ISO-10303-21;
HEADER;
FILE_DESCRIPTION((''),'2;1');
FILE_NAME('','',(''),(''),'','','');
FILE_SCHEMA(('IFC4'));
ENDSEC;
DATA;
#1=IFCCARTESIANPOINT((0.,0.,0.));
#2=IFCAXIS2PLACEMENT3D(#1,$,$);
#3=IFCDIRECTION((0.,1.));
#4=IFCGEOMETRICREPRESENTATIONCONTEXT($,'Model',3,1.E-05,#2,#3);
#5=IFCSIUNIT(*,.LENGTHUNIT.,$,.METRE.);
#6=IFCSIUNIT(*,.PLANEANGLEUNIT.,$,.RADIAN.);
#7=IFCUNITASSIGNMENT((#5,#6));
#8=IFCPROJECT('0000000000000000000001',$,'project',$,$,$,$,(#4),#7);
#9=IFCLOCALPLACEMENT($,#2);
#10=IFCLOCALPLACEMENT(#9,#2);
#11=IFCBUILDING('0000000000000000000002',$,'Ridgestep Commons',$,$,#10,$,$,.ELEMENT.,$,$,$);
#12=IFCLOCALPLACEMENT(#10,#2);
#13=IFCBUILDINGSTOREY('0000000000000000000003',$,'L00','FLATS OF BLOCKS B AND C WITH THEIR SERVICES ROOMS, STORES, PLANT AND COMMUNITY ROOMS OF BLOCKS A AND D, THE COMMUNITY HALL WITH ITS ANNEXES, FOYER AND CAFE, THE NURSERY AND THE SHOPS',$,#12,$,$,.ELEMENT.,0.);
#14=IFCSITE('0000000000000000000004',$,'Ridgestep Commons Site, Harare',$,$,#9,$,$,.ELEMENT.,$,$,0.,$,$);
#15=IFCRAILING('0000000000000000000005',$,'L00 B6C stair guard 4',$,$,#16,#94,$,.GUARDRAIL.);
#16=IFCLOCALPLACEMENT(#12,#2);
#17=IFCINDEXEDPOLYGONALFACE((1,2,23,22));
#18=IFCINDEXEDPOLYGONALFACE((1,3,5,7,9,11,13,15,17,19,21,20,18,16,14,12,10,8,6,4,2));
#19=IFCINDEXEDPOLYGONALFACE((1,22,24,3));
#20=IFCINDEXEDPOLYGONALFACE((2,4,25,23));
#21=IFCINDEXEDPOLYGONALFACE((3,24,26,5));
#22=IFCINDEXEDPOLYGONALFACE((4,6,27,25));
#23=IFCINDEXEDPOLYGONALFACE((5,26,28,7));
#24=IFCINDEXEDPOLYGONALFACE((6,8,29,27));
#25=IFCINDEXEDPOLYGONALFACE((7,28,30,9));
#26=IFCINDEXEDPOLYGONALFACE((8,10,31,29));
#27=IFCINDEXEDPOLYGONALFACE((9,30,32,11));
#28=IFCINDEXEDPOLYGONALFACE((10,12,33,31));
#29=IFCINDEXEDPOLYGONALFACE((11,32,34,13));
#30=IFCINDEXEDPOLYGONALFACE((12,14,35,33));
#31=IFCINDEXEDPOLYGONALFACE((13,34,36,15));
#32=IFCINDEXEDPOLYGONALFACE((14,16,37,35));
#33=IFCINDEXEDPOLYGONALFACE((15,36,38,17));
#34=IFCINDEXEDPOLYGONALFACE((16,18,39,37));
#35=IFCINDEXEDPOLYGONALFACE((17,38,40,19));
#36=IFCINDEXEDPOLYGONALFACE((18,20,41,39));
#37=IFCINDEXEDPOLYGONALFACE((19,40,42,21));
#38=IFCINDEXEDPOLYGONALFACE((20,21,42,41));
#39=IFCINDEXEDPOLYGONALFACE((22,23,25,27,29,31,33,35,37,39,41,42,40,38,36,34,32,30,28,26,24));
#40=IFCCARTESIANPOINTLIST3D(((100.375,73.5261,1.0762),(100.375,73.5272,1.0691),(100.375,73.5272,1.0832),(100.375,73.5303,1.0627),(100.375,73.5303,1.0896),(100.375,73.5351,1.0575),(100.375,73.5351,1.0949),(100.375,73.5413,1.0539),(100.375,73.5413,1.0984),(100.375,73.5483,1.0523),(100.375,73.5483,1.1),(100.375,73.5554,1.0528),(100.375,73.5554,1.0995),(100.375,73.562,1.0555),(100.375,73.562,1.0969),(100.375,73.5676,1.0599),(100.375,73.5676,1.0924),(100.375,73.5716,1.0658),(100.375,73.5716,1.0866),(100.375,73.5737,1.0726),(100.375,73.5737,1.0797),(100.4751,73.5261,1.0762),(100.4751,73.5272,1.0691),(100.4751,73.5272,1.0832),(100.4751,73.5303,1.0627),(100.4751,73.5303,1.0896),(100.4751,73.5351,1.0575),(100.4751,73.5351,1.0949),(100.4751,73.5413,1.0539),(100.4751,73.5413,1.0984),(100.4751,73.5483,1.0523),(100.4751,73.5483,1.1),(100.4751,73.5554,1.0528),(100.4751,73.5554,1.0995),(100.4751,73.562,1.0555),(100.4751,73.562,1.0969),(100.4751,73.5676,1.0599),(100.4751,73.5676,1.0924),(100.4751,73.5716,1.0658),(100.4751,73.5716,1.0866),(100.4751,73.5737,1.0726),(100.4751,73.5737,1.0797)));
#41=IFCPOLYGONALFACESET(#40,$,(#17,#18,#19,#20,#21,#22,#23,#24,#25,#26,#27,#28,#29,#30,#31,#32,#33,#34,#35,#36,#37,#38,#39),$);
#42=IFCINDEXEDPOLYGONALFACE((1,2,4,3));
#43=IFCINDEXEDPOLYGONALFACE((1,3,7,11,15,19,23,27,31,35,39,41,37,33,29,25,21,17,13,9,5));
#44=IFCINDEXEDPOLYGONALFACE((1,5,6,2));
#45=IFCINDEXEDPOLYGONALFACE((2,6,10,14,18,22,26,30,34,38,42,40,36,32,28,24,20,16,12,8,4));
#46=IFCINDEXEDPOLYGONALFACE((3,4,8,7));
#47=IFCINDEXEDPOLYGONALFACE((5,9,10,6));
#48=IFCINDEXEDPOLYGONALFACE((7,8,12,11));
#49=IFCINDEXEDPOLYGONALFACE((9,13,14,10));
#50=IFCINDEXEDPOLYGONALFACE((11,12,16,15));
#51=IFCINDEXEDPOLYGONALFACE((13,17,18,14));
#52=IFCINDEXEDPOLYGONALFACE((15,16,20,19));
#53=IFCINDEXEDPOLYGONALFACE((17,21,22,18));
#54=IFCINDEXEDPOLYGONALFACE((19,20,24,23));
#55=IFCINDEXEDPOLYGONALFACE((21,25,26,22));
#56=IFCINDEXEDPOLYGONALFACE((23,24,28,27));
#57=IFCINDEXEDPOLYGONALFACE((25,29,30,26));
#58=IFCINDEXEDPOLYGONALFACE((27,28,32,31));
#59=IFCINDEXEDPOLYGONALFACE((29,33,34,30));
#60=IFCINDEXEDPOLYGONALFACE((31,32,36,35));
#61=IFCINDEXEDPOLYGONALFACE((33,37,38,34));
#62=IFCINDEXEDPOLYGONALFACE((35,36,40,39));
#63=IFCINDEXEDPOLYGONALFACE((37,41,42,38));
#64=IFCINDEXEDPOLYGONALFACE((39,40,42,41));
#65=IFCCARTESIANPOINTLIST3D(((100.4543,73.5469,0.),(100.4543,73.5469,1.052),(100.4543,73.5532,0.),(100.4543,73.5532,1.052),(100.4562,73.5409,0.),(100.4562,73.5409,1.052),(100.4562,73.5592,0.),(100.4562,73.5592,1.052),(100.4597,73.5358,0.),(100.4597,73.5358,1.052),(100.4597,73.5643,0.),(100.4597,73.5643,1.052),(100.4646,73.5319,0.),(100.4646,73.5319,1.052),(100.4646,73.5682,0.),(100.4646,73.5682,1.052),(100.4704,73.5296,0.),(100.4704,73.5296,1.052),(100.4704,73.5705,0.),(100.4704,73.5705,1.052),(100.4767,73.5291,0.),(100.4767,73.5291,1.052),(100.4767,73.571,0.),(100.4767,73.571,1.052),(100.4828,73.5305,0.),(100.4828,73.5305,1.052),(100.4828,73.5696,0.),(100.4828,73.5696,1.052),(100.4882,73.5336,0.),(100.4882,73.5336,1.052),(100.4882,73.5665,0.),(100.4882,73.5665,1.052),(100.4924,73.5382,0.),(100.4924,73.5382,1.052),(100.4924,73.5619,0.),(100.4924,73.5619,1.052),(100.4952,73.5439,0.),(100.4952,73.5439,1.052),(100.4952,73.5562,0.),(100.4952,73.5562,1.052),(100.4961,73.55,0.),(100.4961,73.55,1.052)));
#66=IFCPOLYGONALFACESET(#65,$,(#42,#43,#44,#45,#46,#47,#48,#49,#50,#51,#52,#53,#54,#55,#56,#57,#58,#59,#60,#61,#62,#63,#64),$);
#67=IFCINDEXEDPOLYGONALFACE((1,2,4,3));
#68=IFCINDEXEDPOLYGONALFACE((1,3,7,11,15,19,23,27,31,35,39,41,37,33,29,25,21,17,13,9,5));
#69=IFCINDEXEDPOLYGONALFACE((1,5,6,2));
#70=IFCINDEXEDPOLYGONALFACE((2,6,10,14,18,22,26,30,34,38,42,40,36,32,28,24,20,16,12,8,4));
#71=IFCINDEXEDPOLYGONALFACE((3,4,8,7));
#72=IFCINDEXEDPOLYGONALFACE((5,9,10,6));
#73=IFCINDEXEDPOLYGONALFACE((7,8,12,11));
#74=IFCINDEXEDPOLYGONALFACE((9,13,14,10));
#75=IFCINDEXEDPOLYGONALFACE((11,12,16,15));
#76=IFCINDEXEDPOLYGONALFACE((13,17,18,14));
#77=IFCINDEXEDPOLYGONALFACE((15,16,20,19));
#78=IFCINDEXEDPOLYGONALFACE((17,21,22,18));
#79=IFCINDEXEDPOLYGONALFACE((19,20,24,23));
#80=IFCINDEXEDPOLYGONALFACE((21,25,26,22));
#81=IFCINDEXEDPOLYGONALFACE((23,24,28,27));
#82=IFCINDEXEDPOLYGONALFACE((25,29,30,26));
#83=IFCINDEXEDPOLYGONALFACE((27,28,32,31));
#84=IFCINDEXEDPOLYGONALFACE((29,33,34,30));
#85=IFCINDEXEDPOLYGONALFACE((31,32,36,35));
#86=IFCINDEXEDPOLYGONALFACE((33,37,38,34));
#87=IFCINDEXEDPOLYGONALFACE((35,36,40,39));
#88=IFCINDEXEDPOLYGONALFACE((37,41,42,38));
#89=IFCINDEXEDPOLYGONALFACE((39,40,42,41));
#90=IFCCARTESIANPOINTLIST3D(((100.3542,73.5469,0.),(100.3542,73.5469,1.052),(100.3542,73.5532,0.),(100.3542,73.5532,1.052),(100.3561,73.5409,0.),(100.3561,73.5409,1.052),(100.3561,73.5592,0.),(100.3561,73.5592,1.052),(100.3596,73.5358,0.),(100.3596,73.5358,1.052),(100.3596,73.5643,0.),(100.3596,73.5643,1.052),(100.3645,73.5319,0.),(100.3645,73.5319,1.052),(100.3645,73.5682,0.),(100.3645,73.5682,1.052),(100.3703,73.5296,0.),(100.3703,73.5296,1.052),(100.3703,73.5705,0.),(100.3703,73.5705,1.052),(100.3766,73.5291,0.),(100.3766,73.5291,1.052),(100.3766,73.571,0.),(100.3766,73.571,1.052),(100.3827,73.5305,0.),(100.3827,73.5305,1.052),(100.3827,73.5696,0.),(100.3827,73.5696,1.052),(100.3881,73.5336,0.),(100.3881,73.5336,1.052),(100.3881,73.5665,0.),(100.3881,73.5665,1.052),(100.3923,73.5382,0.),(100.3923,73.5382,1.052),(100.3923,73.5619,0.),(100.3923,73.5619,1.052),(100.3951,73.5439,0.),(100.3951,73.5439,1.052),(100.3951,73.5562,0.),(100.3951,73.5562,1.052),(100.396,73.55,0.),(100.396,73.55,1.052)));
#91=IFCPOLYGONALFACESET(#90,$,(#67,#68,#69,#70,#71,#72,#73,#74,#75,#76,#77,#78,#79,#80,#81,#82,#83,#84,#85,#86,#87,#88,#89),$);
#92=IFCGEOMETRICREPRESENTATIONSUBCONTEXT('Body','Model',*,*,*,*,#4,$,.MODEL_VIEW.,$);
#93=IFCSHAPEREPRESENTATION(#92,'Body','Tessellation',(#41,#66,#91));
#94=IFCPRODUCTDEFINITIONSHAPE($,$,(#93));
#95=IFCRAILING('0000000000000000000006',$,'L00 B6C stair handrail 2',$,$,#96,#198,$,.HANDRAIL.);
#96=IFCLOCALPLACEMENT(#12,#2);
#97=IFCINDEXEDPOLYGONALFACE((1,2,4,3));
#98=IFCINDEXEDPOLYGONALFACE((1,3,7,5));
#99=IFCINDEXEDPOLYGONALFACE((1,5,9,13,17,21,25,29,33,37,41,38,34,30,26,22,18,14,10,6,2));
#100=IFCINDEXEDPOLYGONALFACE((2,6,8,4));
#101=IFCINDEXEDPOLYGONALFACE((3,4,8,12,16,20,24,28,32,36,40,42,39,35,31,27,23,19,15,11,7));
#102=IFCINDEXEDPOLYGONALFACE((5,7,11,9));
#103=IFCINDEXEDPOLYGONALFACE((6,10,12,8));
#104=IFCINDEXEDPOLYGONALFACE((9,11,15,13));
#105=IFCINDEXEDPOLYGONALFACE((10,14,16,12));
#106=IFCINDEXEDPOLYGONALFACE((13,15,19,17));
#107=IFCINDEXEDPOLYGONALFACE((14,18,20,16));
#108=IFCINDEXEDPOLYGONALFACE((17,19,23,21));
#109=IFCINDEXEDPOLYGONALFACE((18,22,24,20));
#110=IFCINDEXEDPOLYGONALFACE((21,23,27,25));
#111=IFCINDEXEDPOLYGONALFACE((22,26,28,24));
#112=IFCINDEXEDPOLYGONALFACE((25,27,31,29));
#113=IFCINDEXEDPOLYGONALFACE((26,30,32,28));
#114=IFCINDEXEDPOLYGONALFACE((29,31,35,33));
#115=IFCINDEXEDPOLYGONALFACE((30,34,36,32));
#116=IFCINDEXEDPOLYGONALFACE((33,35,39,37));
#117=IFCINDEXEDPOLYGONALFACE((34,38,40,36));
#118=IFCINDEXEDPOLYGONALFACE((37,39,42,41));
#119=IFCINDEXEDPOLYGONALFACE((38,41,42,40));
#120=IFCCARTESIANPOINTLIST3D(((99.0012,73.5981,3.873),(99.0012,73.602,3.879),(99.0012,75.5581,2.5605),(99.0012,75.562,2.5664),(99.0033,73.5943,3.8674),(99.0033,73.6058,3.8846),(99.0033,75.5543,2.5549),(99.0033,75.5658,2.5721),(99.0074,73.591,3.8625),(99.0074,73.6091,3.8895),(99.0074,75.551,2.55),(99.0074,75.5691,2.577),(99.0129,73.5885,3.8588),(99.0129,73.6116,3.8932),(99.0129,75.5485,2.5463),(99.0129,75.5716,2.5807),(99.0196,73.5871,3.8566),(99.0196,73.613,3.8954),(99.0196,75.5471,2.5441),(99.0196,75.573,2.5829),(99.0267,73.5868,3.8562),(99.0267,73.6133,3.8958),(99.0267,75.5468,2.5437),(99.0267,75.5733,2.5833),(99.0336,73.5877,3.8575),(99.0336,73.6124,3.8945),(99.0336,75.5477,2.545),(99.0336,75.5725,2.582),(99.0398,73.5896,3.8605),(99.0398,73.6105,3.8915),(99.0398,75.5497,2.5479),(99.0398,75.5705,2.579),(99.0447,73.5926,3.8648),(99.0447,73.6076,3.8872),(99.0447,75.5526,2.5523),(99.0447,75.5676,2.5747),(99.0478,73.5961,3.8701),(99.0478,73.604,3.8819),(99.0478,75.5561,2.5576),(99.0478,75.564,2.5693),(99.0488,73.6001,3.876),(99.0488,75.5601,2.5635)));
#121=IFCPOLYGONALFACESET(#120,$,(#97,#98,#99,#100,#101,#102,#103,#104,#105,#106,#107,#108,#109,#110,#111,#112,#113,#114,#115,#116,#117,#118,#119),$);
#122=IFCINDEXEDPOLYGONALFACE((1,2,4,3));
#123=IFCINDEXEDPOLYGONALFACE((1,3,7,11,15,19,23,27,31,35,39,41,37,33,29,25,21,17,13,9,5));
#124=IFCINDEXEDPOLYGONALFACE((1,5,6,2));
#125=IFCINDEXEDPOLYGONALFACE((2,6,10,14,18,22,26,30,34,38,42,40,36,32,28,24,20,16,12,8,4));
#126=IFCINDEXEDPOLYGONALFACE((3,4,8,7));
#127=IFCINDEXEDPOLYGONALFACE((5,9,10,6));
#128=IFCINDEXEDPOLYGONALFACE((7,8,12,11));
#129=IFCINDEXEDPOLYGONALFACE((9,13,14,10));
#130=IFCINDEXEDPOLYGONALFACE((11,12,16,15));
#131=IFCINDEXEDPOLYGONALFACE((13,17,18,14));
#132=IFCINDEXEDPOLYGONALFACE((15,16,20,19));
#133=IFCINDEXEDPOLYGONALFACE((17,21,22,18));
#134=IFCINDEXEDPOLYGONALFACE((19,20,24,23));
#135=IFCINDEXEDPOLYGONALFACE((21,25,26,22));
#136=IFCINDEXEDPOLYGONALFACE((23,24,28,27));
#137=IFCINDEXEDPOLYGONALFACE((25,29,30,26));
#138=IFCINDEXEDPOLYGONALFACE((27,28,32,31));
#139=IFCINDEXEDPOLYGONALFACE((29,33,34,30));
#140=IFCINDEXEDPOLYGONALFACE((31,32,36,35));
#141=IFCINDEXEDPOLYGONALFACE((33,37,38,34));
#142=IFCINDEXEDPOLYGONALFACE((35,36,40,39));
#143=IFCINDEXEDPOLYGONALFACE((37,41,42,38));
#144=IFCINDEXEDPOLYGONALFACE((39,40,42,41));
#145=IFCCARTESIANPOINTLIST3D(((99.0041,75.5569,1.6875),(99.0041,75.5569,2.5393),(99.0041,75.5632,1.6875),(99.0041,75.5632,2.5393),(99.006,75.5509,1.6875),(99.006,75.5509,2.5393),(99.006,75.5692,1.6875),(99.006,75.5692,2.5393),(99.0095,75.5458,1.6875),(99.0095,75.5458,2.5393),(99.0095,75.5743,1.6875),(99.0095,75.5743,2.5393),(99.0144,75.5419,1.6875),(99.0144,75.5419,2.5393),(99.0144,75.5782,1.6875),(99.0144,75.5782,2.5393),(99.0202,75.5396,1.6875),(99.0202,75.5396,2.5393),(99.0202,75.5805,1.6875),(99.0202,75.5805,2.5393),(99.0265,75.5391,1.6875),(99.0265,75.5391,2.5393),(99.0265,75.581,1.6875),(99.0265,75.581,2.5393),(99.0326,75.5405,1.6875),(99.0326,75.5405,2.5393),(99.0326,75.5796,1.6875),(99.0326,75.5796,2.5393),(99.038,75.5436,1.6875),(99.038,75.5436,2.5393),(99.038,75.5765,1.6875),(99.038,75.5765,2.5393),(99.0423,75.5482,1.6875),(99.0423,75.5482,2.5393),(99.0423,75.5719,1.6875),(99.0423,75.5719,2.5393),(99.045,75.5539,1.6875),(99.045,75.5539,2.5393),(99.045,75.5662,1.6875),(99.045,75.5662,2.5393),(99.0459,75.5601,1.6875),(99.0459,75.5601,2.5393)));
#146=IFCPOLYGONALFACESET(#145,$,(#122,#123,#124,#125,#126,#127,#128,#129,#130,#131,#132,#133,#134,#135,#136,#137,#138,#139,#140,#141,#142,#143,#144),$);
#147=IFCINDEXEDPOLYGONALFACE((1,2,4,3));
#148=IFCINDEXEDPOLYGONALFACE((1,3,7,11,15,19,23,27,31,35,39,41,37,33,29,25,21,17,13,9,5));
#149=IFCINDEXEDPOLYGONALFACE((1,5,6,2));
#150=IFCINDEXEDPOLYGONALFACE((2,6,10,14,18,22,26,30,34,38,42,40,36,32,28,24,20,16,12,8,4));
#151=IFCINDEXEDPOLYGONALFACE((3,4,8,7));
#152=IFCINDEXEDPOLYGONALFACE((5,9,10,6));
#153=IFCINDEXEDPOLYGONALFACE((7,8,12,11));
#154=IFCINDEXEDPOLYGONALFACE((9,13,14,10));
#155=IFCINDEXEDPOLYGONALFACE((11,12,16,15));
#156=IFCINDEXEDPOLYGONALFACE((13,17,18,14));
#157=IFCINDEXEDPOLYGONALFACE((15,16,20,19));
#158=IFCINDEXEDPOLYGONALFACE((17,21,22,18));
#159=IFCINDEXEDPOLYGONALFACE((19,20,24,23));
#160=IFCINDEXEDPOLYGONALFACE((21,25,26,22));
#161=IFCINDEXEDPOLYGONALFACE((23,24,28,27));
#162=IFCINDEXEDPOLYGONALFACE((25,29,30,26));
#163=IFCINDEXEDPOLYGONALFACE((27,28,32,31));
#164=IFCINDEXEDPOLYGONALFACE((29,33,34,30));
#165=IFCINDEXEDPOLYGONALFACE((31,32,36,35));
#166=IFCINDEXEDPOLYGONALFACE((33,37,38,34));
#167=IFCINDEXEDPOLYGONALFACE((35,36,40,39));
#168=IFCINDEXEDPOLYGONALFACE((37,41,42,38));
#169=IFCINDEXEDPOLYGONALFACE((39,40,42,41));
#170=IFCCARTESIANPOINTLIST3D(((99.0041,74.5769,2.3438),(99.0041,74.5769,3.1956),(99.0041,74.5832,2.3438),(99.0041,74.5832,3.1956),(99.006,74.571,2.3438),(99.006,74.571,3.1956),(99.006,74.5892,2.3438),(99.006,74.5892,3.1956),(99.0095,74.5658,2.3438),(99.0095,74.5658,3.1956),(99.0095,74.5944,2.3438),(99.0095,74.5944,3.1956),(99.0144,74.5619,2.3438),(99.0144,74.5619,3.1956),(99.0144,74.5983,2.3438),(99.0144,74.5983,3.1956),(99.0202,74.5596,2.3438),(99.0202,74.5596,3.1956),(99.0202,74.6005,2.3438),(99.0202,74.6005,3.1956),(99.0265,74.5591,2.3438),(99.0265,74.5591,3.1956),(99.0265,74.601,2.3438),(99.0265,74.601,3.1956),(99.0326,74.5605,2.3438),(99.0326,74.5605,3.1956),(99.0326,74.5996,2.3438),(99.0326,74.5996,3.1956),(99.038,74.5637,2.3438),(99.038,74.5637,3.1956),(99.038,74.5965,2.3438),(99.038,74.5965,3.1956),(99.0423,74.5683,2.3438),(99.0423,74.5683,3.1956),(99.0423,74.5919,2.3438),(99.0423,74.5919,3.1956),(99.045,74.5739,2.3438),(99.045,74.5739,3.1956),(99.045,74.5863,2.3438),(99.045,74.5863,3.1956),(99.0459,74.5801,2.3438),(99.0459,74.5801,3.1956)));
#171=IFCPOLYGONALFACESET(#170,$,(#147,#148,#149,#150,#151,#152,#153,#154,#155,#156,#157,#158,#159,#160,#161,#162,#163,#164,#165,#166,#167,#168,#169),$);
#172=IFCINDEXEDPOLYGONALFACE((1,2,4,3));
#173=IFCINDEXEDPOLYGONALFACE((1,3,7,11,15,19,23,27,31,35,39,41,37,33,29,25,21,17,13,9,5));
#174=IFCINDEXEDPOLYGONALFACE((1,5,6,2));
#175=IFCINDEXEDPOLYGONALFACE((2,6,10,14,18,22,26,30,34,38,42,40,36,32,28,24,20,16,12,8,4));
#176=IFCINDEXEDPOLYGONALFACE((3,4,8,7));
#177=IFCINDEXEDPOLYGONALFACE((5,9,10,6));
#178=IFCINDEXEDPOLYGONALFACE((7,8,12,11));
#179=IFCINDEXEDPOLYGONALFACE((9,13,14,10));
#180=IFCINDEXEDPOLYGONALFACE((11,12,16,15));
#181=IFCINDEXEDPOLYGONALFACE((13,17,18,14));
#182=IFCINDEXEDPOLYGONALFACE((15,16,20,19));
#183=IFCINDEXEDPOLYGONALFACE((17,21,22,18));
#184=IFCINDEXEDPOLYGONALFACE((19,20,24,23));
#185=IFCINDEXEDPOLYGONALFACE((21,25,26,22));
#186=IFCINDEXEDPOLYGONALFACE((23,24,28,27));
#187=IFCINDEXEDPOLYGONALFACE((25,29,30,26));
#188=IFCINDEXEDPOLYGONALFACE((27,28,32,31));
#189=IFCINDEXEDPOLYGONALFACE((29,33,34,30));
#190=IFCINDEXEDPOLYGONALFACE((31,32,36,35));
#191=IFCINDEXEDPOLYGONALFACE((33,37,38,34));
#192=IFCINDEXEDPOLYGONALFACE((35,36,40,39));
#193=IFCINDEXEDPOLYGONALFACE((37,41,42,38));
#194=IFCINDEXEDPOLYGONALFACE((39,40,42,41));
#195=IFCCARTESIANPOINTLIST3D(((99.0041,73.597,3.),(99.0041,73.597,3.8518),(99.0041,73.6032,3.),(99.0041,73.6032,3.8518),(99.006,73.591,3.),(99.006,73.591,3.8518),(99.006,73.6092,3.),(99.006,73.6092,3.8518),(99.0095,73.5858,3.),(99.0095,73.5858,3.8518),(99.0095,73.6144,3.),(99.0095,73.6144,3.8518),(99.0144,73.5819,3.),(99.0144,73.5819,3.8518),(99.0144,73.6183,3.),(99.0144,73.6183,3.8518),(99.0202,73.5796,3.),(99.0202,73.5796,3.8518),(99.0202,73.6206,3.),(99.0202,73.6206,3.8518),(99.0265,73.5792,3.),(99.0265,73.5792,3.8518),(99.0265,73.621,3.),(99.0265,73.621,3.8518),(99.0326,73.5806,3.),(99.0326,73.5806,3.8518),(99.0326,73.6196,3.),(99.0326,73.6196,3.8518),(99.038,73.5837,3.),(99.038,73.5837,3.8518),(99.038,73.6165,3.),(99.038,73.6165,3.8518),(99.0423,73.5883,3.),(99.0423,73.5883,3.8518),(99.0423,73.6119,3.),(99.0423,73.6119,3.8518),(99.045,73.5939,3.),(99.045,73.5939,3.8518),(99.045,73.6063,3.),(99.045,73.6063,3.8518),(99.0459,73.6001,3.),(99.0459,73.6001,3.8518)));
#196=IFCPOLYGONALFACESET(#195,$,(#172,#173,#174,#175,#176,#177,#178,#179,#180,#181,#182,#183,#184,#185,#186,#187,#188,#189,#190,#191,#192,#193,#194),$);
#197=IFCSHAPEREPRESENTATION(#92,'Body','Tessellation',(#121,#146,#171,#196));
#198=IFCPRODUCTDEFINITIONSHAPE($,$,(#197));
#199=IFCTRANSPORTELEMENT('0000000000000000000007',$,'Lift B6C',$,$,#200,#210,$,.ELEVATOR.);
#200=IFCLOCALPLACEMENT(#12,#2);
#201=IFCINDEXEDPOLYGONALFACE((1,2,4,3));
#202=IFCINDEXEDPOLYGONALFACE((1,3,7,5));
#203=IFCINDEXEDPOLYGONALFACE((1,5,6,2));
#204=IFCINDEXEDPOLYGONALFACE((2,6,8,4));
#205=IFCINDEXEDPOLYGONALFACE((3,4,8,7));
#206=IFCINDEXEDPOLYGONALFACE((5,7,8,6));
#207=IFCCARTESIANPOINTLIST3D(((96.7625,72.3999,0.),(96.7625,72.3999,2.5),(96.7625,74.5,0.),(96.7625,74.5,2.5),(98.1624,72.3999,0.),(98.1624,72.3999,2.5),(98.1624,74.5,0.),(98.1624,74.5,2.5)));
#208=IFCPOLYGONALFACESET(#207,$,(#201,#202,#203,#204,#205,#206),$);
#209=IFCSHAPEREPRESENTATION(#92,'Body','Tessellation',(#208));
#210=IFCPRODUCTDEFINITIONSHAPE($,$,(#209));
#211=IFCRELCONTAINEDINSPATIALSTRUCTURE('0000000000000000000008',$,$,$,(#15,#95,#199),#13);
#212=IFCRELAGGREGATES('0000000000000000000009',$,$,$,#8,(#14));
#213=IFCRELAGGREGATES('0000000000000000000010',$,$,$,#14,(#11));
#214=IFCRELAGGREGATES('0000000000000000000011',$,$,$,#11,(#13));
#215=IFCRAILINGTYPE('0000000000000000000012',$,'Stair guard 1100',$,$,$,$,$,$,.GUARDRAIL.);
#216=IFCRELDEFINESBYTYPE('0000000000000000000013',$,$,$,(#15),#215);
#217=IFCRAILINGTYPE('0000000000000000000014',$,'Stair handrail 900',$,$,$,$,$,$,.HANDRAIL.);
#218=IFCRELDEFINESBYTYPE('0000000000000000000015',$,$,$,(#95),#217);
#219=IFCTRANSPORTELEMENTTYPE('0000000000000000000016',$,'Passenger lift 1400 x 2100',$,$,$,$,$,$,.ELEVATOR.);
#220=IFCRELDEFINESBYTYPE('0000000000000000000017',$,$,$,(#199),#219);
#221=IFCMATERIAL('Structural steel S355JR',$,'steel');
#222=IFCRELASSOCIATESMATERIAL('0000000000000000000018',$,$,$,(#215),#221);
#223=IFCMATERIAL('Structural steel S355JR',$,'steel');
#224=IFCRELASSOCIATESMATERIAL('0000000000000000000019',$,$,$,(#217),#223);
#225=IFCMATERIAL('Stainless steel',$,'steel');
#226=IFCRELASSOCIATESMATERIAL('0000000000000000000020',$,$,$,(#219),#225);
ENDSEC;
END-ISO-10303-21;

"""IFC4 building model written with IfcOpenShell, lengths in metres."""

from ifc_helpers import new_model, si_unit, direction, frame, origin, origin_2d, place, context, subcontext, project, spatial, rectangle, circle, extrude, material, type_object, element, save


model = new_model("IFC4")

# Units and contexts
model_context = context("Model", 3, precision=1e-05, world=origin(), true_north=direction((0.0, 1.0)))
body_context = subcontext(model_context, "Body", "Model", "MODEL_VIEW")
ifc_project = project(units=[si_unit("LENGTHUNIT", "METRE"), si_unit("PLANEANGLEUNIT", "RADIAN")], contexts=[model_context])

# Site, building, storey
site_placement = place(None, origin())
site = spatial("IfcSite", under=ifc_project, at=site_placement, Name="Ridgestep Commons Site, Harare", CompositionType="ELEMENT", RefElevation=0.0)
building_placement = place(site_placement, origin())
building = spatial("IfcBuilding", under=site, at=building_placement, Name="Ridgestep Commons", CompositionType="ELEMENT")
storey_placement = place(building_placement, origin())
storey = spatial("IfcBuildingStorey", under=building, at=storey_placement, Name="L00", Description="FLATS OF BLOCKS B AND C WITH THEIR SERVICES ROOMS, STORES, PLANT AND COMMUNITY ROOMS OF BLOCKS A AND D, THE COMMUNITY HALL WITH ITS ANNEXES, FOYER AND CAFE, THE NURSERY AND THE SHOPS", CompositionType="ELEMENT", Elevation=0.0)

# Railings
ifc_material_1 = material(Name="Structural steel S355JR", Category="steel")
railing_type_1 = type_object("IfcRailingType", Name="Stair guard 1100", PredefinedType="GUARDRAIL", material=ifc_material_1)
railing_1_placement = place(storey_placement, frame((100.4751, 73.55, 0.0)))
element("IfcRailing", 1, at=railing_1_placement, inside=storey, type_object=railing_type_1, Name="L00 B6C stair guard 4", PredefinedType="GUARDRAIL", context=body_context, shape_type="SweptSolid", body=[
    extrude(circle(Radius=0.0239, at=origin_2d()), frame((0.0, 0.0, 1.0762), z_axis=(-1.0, 0.0, 0.0), x_axis=(0.0, -1.0, 0.0)), (0.0, 0.0, 1.0), 0.1001),
    extrude(circle(Radius=0.021, at=origin_2d()), origin(), (0.0, 0.0, 1.0), 1.052),
    extrude(circle(Radius=0.021, at=origin_2d()), frame((-0.1001, 0.0, 0.0)), (0.0, 0.0, 1.0), 1.052),
])
ifc_material_2 = material(Name="Structural steel S355JR", Category="steel")
railing_type_2 = type_object("IfcRailingType", Name="Stair handrail 900", PredefinedType="HANDRAIL", material=ifc_material_2)
railing_2_placement = place(storey_placement, frame((99.0249, 75.5601, 1.6875)))
element("IfcRailing", 2, at=railing_2_placement, inside=storey, type_object=railing_type_2, Name="L00 B6C stair handrail 2", PredefinedType="HANDRAIL", context=body_context, shape_type="SweptSolid", body=[
    extrude(circle(Radius=0.0239, at=origin_2d()), frame((0.0, 0.0, 0.876), z_axis=(0.0, -0.830902, 0.556419), x_axis=(1.0, 0.0, 0.0)), (0.0, 0.0, 1.0), 2.3589),
    extrude(circle(Radius=0.021, at=origin_2d()), origin(), (0.0, 0.0, 1.0), 0.8518),
    extrude(circle(Radius=0.021, at=origin_2d()), frame((0.0, -0.98, 0.6562)), (0.0, 0.0, 1.0), 0.8518),
    extrude(circle(Radius=0.021, at=origin_2d()), frame((0.0, -1.96, 1.3125)), (0.0, 0.0, 1.0), 0.8518),
])

# Transport element
ifc_material_3 = material(Name="Stainless steel", Category="steel")
transport_element_type = type_object("IfcTransportElementType", Name="Passenger lift 1400 x 2100", PredefinedType="ELEVATOR", material=ifc_material_3)
transport_element_placement = place(storey_placement, frame((97.4624, 73.45, 0.0), z_axis=(0.0, 0.0, 1.0), x_axis=(1.0, 0.0, 0.0)))
element("IfcTransportElement", 3, at=transport_element_placement, inside=storey, type_object=transport_element_type, Name="Lift B6C", PredefinedType="ELEVATOR", context=body_context, shape_type="SweptSolid", body=[
    extrude(rectangle(XDim=1.3999, YDim=2.1001, at=origin_2d()), origin(), (0.0, 0.0, 1.0), 2.5),
])

save(model, "model.ifc")
